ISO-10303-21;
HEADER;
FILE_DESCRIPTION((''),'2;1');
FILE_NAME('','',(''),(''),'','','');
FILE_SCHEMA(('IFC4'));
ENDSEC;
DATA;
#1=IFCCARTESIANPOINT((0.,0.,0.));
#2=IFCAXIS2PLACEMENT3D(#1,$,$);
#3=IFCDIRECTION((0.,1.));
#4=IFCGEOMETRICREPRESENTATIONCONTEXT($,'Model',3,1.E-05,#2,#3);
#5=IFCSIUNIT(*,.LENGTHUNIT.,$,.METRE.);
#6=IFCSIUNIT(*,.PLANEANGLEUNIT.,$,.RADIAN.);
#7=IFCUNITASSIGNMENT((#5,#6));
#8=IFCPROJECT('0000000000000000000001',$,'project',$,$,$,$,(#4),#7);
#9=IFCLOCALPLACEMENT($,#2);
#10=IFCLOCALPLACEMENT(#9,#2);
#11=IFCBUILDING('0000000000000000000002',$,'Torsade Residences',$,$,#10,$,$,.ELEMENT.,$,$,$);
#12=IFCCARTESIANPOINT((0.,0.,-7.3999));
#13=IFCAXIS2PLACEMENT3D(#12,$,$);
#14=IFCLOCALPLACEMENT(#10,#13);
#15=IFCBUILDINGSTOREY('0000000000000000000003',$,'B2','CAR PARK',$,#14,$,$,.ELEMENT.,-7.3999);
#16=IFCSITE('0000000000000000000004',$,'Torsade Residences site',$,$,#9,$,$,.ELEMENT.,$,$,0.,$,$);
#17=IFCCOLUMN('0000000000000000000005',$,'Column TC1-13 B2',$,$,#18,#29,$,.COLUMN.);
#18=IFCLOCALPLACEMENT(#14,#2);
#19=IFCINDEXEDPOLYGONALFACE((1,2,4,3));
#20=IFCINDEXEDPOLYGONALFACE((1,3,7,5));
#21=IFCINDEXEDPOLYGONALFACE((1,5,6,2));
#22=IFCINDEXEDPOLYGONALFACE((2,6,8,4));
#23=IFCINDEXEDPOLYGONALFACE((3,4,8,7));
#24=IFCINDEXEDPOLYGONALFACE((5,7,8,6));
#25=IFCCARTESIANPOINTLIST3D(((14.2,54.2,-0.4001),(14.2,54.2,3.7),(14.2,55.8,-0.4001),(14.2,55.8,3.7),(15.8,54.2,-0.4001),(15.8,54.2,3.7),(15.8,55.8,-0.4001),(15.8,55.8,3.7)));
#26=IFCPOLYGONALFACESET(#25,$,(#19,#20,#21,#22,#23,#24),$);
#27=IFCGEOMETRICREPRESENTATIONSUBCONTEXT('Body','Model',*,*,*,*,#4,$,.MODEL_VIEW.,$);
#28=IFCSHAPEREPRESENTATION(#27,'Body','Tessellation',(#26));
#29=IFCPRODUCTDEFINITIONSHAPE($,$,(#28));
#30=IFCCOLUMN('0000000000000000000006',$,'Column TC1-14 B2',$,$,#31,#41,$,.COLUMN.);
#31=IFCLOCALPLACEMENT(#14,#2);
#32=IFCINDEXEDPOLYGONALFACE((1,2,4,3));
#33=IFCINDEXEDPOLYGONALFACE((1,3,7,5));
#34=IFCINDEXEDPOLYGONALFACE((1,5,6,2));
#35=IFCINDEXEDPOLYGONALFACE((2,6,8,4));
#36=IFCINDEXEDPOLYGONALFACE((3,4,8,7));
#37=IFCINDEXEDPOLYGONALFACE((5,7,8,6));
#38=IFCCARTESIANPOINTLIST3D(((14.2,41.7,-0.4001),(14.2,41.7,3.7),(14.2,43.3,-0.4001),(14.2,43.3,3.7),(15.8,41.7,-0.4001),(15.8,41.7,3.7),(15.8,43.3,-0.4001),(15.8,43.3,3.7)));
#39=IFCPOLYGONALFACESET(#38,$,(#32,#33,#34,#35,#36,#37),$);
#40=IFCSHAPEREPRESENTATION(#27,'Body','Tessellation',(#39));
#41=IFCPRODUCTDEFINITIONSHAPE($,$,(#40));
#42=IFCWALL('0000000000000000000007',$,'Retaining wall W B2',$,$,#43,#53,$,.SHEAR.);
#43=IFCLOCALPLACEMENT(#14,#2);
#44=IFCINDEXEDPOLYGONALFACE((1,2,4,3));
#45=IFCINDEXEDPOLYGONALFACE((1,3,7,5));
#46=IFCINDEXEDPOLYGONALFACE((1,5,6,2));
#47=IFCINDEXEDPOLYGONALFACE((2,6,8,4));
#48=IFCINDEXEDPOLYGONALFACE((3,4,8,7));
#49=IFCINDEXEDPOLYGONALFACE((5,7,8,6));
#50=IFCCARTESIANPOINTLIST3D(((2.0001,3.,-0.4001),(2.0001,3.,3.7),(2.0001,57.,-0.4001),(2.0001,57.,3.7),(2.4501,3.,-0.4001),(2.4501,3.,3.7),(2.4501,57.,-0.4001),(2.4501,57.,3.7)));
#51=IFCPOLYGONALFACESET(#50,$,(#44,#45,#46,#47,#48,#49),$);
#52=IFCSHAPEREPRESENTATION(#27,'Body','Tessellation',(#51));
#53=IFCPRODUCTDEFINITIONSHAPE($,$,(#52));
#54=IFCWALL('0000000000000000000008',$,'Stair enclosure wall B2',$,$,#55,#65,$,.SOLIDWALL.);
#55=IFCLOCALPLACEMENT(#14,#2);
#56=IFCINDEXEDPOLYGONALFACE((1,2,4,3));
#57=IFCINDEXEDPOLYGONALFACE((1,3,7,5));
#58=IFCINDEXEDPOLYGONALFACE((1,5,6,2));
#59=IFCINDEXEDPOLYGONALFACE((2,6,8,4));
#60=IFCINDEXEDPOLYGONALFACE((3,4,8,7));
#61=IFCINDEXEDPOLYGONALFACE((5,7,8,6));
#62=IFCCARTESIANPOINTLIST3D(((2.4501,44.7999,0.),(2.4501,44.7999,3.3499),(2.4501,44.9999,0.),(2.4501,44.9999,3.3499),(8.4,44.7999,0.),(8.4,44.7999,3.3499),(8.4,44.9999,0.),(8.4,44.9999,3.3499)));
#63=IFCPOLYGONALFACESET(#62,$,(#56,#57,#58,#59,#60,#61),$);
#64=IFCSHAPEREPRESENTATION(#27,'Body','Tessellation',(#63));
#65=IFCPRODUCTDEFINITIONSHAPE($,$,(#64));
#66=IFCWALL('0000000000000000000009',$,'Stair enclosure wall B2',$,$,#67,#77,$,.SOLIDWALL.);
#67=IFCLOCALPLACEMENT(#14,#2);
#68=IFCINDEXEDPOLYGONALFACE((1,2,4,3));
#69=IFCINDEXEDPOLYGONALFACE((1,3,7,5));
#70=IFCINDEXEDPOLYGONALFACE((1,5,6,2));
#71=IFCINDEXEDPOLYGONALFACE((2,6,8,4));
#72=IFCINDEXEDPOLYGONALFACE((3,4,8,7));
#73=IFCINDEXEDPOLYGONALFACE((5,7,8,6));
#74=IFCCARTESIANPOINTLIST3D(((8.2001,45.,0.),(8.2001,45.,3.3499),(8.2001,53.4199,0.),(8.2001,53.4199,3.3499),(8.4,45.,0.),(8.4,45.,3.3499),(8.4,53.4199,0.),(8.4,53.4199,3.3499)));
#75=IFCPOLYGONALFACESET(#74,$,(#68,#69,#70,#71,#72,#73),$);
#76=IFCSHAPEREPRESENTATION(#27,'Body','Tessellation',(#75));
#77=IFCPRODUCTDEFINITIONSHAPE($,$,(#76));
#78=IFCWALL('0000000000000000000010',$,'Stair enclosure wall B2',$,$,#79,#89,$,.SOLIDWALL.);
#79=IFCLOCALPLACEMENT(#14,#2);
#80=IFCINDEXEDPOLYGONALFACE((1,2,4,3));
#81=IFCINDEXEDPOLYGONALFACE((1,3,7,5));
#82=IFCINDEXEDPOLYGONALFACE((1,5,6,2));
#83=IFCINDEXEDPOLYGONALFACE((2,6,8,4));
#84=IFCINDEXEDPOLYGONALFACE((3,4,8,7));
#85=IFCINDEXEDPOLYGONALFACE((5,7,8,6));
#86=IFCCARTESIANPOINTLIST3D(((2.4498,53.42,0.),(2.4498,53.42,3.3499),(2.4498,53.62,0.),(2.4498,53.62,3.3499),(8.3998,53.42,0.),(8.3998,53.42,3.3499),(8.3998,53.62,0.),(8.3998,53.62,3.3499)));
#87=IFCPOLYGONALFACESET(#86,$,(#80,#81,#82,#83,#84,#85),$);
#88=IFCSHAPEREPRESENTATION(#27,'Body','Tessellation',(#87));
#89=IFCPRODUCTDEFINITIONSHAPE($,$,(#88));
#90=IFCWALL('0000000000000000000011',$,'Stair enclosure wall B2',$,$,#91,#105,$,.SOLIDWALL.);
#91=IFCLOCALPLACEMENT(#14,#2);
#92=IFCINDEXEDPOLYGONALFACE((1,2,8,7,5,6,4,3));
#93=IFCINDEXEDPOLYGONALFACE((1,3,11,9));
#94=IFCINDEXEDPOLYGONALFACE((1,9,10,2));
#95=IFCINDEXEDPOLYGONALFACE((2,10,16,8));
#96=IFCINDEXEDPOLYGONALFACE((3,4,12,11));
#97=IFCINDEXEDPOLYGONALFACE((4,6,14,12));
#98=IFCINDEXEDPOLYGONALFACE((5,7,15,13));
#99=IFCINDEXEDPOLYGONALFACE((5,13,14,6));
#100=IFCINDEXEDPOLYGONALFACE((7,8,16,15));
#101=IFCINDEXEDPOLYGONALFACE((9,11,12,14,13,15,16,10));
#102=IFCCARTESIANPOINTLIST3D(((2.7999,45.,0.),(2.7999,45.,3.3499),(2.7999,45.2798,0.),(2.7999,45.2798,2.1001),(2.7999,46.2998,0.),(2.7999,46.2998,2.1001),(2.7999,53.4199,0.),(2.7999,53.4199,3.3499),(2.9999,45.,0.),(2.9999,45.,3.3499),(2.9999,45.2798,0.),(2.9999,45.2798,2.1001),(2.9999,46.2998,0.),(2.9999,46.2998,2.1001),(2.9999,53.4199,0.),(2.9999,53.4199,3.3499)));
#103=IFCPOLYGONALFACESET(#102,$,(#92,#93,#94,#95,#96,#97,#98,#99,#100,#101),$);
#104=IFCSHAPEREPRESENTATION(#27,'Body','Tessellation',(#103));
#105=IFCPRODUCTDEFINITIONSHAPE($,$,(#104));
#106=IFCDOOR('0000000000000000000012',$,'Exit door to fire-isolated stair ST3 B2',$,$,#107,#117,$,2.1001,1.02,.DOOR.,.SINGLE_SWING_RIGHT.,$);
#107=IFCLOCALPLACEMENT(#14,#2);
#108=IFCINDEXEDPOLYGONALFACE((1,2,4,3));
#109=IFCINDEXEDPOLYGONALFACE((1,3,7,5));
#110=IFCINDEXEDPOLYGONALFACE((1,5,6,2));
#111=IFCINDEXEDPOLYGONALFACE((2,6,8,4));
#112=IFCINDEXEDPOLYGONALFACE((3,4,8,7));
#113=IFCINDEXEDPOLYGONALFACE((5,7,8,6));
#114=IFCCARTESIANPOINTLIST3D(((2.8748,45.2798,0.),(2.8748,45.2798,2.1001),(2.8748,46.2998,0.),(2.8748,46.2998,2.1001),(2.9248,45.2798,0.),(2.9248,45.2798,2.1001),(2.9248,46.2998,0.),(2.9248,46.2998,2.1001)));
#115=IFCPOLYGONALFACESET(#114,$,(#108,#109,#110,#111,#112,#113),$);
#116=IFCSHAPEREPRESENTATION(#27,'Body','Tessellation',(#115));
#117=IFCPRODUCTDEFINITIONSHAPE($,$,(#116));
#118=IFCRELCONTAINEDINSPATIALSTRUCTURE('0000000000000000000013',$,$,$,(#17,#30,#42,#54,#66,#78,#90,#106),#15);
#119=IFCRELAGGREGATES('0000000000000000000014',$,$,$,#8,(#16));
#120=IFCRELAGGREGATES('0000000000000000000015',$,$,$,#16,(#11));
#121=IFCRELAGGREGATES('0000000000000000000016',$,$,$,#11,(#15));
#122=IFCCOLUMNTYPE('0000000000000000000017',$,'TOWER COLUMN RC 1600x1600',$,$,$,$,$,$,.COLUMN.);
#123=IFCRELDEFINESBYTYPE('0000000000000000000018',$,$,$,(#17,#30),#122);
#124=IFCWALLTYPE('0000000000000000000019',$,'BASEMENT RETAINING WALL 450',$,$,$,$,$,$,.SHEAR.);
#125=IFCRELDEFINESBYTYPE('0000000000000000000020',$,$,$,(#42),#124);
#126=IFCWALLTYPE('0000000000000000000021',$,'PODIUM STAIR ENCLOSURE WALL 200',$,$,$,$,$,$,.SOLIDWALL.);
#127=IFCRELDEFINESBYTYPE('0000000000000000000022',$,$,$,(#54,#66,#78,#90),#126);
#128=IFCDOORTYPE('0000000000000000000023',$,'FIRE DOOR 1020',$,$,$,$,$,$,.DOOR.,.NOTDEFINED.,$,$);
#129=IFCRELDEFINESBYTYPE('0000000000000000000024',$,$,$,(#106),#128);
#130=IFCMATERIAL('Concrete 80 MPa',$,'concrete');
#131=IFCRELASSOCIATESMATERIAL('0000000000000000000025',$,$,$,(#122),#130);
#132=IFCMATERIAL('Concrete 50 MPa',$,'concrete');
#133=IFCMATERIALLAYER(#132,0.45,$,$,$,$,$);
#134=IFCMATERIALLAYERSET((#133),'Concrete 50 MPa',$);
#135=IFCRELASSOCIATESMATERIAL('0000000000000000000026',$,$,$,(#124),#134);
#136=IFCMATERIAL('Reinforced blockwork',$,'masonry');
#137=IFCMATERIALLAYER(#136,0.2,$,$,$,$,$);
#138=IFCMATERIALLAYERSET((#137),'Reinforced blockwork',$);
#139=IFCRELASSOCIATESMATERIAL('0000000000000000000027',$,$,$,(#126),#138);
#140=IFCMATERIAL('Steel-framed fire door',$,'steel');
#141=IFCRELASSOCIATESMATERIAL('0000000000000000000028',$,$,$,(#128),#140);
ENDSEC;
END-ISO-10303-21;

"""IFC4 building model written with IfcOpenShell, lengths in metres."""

from ifc_helpers import new_model, si_unit, direction, frame, frame_2d, origin, origin_2d, place, context, subcontext, project, spatial, rectangle, extrude, material, layer, layer_set, material_profile, profile_set, type_object, element, fill, save


model = new_model("IFC4")

# Units and contexts
model_context = context("Model", 3, precision=1e-05, world=origin(), true_north=direction((0.0, 1.0)))
body_context = subcontext(model_context, "Body", "Model", "MODEL_VIEW")
ifc_project = project(units=[si_unit("LENGTHUNIT", "METRE"), si_unit("PLANEANGLEUNIT", "RADIAN")], contexts=[model_context])

# Site, building, storey
site_placement = place(None, origin())
site = spatial("IfcSite", under=ifc_project, at=site_placement, Name="Torsade Residences site", CompositionType="ELEMENT", RefElevation=0.0)
building_placement = place(site_placement, origin())
building = spatial("IfcBuilding", under=site, at=building_placement, Name="Torsade Residences", CompositionType="ELEMENT")
storey_placement = place(building_placement, frame((0.0, 0.0, -7.3999)))
storey = spatial("IfcBuildingStorey", under=building, at=storey_placement, Name="B2", Description="CAR PARK", CompositionType="ELEMENT", Elevation=-7.3999)

# Columns
ifc_material_1 = material(Name="Concrete 80 MPa", Category="concrete")
ifc_material_profile_1 = material_profile(ifc_material_1, rectangle(XDim=1.6001, YDim=1.6001, at=origin_2d()), Name="RC 1600x1600")
ifc_profile_set_1 = profile_set([ifc_material_profile_1], Name="Concrete 80 MPa")
column_type_1 = type_object("IfcColumnType", Name="TOWER COLUMN RC 1600x1600", PredefinedType="COLUMN", material=ifc_profile_set_1)
for number, where, z_axis, x_axis, name in (
    (1, (15.0, 55.0, -0.4001), (0.0, 0.0, 1.0), (1.0, 0.0, 0.0), "Column TC1-13 B2"),
    (2, (15.0, 42.5, -0.4001), (0.0, 0.0, 1.0), (1.0, 0.0, 0.0), "Column TC1-14 B2"),
):
    element("IfcColumn", number, at=place(storey_placement, frame(where, z_axis=z_axis, x_axis=x_axis)), inside=storey, type_object=column_type_1, Name=name, PredefinedType="COLUMN", context=body_context, shape_type="SweptSolid", body=[
        extrude(rectangle(XDim=1.6001, YDim=1.6001, at=origin_2d()), origin(), (0.0, 0.0, 1.0), 4.1001),
    ])

# Walls
ifc_material_2 = material(Name="Concrete 50 MPa", Category="concrete")
ifc_layer_1 = layer(ifc_material_2, 0.45)
ifc_layer_set_1 = layer_set([ifc_layer_1], Name="Concrete 50 MPa")
wall_type_1 = type_object("IfcWallType", Name="BASEMENT RETAINING WALL 450", PredefinedType="SHEAR", material=ifc_layer_set_1)
wall_1_placement = place(storey_placement, frame((2.2251, 57.0, -0.4001), z_axis=(0.0, 0.0, 1.0), x_axis=(0.0, -1.0, 0.0)))
element("IfcWall", 3, at=wall_1_placement, inside=storey, type_object=wall_type_1, Name="Retaining wall W B2", PredefinedType="SHEAR", context=body_context, shape_type="SweptSolid", body=[
    extrude(rectangle(XDim=54.0, YDim=0.45, at=frame_2d((27.0, 0.0))), origin(), (0.0, 0.0, 1.0), 4.1001),
])
ifc_material_3 = material(Name="Reinforced blockwork", Category="masonry")
ifc_layer_2 = layer(ifc_material_3, 0.2)
ifc_layer_set_2 = layer_set([ifc_layer_2], Name="Reinforced blockwork")
wall_type_2 = type_object("IfcWallType", Name="PODIUM STAIR ENCLOSURE WALL 200", PredefinedType="SOLIDWALL", material=ifc_layer_set_2)
wall_2_placement = place(storey_placement, frame((2.45, 44.8999, 0.0), z_axis=(0.0, 0.0, 1.0), x_axis=(1.0, 0.0, 0.0)))
element("IfcWall", 4, at=wall_2_placement, inside=storey, type_object=wall_type_2, Name="Stair enclosure wall B2", PredefinedType="SOLIDWALL", context=body_context, shape_type="SweptSolid", body=[
    extrude(rectangle(XDim=5.95, YDim=0.2, at=frame_2d((2.9751, 0.0))), origin(), (0.0, 0.0, 1.0), 3.3499),
])
wall_3_placement = place(storey_placement, frame((8.3, 45.0, 0.0), z_axis=(0.0, 0.0, 1.0), x_axis=(0.0, 1.0, 0.0)))
element("IfcWall", 5, at=wall_3_placement, inside=storey, type_object=wall_type_2, Name="Stair enclosure wall B2", PredefinedType="SOLIDWALL", context=body_context, shape_type="SweptSolid", body=[
    extrude(rectangle(XDim=8.4199, YDim=0.2, at=frame_2d((4.21, 0.0))), origin(), (0.0, 0.0, 1.0), 3.3499),
])
wall_4_placement = place(storey_placement, frame((8.3999, 53.52, 0.0), z_axis=(0.0, 0.0, 1.0), x_axis=(-1.0, 0.0, 0.0)))
element("IfcWall", 6, at=wall_4_placement, inside=storey, type_object=wall_type_2, Name="Stair enclosure wall B2", PredefinedType="SOLIDWALL", context=body_context, shape_type="SweptSolid", body=[
    extrude(rectangle(XDim=5.95, YDim=0.2, at=frame_2d((2.9751, 0.0))), origin(), (0.0, 0.0, 1.0), 3.3499),
])

# Wall, opening, door
wall_5_placement = place(storey_placement, frame((2.8999, 53.4199, 0.0), z_axis=(0.0, 0.0, 1.0), x_axis=(0.0, -1.0, 0.0)))
wall_5 = element("IfcWall", 7, at=wall_5_placement, inside=storey, type_object=wall_type_2, Name="Stair enclosure wall B2", PredefinedType="SOLIDWALL", context=body_context, shape_type="SweptSolid", body=[
    extrude(rectangle(XDim=8.4199, YDim=0.2, at=frame_2d((4.21, 0.0))), origin(), (0.0, 0.0, 1.0), 3.3499),
])
opening_placement = place(wall_5_placement, frame((7.1201, 0.0, 0.0)))
opening = element("IfcOpeningElement", 8, at=opening_placement, cuts=wall_5, PredefinedType="OPENING", context=body_context, shape_type="SweptSolid", body=[
    extrude(rectangle(XDim=1.02, YDim=2.1001, at=frame_2d((0.51, 1.05))), frame((0.0, 0.1099, 0.0), z_axis=(0.0, -1.0, 0.0), x_axis=(1.0, 0.0, 0.0)), (0.0, 0.0, 1.0), 0.22),
])
ifc_material_4 = material(Name="Steel-framed fire door", Category="steel")
door_type = type_object("IfcDoorType", Name="FIRE DOOR 1020", OperationType="NOTDEFINED", PredefinedType="DOOR", material=ifc_material_4)
door_placement = place(opening_placement, origin())
door = element("IfcDoor", 9, at=door_placement, inside=storey, type_object=door_type, Name="Exit door to fire-isolated stair ST3 B2", OperationType="SINGLE_SWING_RIGHT", OverallHeight=2.1001, OverallWidth=1.02, PredefinedType="DOOR", context=body_context, shape_type="SweptSolid", body=[
    extrude(rectangle(XDim=1.02, YDim=2.1001, at=frame_2d((0.51, 1.05))), frame((0.0, 0.0249, 0.0), z_axis=(0.0, -1.0, 0.0), x_axis=(1.0, 0.0, 0.0)), (0.0, 0.0, 1.0), 0.05),
])
fill(opening, door)

save(model, "model.ifc")
